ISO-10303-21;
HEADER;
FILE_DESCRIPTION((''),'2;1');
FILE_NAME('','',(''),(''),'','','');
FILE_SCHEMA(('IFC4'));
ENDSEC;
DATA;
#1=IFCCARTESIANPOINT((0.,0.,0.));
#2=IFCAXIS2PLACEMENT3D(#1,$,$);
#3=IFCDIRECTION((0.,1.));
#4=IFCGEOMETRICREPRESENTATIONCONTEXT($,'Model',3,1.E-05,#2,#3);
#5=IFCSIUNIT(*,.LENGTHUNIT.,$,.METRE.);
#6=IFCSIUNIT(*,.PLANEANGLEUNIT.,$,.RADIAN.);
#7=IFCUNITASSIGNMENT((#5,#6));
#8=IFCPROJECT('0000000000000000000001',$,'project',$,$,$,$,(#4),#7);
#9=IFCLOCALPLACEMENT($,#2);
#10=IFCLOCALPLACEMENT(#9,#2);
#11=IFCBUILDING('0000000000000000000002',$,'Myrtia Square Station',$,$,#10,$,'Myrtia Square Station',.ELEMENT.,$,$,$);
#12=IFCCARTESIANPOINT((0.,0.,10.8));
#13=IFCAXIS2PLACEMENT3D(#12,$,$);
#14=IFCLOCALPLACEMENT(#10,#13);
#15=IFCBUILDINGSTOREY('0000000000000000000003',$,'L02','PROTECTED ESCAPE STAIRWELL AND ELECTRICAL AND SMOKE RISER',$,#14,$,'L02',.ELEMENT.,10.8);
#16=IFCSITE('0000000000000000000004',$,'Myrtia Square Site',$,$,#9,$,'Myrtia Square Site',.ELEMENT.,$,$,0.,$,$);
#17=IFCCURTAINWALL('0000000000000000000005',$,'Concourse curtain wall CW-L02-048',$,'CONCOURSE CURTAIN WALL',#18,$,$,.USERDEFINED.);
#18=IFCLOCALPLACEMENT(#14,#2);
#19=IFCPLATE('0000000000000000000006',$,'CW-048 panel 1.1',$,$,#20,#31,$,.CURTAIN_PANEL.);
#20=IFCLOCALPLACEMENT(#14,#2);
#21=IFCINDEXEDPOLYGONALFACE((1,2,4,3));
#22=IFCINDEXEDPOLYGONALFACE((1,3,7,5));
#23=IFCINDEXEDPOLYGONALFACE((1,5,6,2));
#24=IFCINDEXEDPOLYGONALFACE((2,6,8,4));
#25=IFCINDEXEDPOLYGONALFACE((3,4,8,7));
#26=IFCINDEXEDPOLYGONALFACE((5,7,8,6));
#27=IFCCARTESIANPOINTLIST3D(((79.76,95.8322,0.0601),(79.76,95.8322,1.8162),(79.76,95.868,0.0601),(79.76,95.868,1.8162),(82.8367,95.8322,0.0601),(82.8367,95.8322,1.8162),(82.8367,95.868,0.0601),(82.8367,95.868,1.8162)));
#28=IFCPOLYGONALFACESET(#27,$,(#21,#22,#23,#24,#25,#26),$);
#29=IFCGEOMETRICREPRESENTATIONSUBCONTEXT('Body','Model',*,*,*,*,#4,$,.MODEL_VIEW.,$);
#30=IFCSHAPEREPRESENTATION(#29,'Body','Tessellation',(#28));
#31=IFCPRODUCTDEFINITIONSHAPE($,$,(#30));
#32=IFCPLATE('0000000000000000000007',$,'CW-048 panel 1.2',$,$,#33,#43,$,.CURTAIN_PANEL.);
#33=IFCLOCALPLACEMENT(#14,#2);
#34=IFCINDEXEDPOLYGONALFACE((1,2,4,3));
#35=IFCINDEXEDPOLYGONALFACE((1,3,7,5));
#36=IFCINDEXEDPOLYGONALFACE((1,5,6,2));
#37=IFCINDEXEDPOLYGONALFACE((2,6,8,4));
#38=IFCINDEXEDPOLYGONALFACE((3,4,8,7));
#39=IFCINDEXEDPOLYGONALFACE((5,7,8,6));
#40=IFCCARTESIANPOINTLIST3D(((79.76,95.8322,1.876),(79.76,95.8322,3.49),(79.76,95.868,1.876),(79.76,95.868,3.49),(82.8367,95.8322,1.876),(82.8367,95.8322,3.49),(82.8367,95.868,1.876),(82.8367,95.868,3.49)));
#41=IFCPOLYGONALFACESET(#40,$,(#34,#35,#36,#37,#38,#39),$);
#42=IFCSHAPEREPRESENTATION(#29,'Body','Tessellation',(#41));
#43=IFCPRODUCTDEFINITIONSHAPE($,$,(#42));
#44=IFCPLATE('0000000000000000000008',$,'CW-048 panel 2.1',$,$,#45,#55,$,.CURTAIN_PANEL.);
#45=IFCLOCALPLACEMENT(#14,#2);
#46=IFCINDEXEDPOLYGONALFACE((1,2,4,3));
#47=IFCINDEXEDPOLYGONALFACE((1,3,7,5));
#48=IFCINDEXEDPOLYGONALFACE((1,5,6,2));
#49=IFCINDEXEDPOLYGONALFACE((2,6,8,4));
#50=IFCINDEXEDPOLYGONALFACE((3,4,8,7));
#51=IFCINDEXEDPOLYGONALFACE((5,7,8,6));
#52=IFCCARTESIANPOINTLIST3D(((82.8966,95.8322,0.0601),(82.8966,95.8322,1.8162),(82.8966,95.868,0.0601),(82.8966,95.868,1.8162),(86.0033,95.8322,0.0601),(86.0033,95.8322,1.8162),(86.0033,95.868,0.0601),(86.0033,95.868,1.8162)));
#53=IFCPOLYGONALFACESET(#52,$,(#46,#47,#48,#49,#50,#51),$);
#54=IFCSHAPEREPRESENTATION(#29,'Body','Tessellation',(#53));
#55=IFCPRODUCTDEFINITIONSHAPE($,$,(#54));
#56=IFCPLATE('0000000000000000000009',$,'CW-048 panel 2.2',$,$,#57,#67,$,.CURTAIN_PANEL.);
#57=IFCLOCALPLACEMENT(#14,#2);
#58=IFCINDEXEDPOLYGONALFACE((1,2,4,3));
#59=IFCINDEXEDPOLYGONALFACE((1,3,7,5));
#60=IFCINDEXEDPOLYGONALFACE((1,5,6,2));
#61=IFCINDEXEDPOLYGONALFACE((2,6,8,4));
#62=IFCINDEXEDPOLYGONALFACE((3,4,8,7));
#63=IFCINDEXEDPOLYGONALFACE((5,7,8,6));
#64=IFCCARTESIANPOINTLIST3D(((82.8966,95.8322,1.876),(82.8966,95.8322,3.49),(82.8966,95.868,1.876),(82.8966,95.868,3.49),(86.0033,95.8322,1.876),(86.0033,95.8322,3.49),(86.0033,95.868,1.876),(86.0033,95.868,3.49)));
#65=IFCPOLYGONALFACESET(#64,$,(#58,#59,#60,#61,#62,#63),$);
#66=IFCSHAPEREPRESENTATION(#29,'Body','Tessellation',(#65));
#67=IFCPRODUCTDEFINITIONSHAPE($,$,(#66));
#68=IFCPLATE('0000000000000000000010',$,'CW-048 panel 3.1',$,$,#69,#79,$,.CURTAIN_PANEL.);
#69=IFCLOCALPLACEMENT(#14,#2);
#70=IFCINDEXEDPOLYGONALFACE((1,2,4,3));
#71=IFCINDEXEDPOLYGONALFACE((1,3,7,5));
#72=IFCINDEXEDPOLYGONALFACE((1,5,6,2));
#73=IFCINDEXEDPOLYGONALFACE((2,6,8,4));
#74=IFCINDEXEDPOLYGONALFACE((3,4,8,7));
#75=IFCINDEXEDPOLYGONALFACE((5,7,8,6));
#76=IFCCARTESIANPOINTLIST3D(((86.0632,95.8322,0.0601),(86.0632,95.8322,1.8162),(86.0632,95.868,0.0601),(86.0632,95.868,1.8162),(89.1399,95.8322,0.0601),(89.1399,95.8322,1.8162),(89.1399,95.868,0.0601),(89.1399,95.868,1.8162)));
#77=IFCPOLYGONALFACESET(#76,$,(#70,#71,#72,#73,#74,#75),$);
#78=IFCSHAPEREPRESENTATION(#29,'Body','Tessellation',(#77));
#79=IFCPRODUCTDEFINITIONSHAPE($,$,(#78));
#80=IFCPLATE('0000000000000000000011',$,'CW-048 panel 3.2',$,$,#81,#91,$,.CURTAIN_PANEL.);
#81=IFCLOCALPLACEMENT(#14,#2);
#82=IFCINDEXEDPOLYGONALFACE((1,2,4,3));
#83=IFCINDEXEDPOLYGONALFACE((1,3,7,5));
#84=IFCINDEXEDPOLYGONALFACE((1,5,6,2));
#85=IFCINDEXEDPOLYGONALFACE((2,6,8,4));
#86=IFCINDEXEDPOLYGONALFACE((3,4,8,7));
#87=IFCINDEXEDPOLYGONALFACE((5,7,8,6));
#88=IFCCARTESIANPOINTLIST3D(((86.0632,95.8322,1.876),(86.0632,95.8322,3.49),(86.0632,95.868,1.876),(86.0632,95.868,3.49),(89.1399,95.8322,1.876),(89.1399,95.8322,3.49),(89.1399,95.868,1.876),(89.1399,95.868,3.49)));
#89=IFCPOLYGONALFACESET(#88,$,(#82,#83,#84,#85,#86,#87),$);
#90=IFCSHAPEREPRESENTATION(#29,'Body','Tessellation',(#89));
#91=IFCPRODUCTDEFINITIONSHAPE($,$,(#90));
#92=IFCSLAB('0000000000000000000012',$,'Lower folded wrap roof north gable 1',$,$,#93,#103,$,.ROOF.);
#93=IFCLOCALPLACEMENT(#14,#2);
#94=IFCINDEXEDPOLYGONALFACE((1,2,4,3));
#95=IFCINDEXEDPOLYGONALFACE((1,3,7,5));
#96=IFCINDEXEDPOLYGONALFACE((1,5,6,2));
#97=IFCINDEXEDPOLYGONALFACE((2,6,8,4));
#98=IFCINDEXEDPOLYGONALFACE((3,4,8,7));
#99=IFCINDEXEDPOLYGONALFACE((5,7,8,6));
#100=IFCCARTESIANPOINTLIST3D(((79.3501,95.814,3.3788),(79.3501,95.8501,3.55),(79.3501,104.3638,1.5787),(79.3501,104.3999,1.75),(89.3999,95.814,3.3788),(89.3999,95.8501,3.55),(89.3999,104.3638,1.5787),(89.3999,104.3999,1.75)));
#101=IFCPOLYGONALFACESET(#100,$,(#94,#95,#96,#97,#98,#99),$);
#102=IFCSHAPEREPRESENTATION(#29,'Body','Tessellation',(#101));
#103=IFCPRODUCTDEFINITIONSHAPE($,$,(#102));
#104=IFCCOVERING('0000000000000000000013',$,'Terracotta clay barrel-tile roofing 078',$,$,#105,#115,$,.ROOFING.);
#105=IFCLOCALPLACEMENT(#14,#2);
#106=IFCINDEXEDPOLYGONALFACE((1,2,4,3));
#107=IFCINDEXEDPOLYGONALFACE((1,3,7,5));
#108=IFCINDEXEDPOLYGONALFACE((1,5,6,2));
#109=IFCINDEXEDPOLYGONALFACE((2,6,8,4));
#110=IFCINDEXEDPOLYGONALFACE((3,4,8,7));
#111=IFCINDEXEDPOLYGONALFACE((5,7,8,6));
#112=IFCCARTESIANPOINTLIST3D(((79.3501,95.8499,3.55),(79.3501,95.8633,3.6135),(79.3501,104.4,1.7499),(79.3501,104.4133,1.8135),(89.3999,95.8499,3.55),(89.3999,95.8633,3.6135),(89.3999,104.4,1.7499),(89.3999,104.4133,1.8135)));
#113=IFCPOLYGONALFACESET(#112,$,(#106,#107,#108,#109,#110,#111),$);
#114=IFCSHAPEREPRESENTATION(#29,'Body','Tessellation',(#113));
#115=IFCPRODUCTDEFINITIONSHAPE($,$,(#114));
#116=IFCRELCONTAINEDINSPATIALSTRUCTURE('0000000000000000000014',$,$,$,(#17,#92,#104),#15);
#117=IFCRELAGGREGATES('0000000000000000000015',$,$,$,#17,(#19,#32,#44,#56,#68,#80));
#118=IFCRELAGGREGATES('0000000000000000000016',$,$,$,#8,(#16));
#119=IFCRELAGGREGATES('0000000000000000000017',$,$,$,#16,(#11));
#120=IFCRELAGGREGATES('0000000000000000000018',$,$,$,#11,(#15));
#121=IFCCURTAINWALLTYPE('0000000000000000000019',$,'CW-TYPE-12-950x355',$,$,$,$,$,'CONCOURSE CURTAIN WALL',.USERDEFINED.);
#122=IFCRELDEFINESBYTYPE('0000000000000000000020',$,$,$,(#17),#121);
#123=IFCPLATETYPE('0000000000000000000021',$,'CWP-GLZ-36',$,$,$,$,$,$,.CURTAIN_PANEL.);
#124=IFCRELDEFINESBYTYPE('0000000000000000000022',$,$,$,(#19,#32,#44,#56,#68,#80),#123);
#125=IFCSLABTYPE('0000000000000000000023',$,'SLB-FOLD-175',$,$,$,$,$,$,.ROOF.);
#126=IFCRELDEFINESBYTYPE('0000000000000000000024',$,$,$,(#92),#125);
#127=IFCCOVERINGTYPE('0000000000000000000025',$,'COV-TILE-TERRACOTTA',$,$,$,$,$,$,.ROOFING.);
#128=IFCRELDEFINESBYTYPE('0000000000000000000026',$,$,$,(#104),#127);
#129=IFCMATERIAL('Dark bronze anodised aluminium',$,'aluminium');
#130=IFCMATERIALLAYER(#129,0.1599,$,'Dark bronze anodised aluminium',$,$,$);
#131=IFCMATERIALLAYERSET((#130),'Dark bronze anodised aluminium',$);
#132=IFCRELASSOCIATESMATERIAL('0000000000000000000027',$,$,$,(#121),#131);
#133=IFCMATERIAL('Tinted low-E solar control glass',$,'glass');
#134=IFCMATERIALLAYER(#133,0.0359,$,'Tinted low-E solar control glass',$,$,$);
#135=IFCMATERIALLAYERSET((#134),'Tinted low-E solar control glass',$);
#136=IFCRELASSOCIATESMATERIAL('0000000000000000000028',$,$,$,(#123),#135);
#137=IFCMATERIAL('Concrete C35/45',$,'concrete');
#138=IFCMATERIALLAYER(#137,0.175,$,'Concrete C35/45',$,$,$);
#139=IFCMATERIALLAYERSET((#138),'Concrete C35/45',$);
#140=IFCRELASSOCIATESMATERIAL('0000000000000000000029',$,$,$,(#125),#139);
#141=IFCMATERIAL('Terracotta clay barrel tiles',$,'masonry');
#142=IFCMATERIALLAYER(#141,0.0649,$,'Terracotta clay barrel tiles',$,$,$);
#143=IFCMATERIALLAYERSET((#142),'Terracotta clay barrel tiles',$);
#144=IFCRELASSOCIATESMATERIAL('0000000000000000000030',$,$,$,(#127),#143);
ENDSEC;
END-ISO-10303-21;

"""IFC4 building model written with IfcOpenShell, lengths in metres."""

from ifc_helpers import new_model, si_unit, direction, frame, origin, origin_2d, place, context, subcontext, project, spatial, polyline, rectangle, outline, extrude, material, layer, layer_set, type_object, element, aggregate, save


model = new_model("IFC4")

# Units and contexts
model_context = context("Model", 3, precision=1e-05, world=origin(), true_north=direction((0.0, 1.0)))
body_context = subcontext(model_context, "Body", "Model", "MODEL_VIEW")
ifc_project = project(units=[si_unit("LENGTHUNIT", "METRE"), si_unit("PLANEANGLEUNIT", "RADIAN")], contexts=[model_context])

# Site, building, storey
site_placement = place(None, origin())
site = spatial("IfcSite", under=ifc_project, at=site_placement, Name="Myrtia Square Site", LongName="Myrtia Square Site", CompositionType="ELEMENT", RefElevation=0.0)
building_placement = place(site_placement, origin())
building = spatial("IfcBuilding", under=site, at=building_placement, Name="Myrtia Square Station", LongName="Myrtia Square Station", CompositionType="ELEMENT")
storey_placement = place(building_placement, frame((0.0, 0.0, 10.8)))
storey = spatial("IfcBuildingStorey", under=building, at=storey_placement, Name="L02", Description="PROTECTED ESCAPE STAIRWELL AND ELECTRICAL AND SMOKE RISER", LongName="L02", CompositionType="ELEMENT", Elevation=10.8)

# Curtain wall
ifc_material_1 = material(Name="Dark bronze anodised aluminium", Category="aluminium")
ifc_layer_1 = layer(ifc_material_1, 0.1599, Name="Dark bronze anodised aluminium")
ifc_layer_set_1 = layer_set([ifc_layer_1], Name="Dark bronze anodised aluminium")
curtain_wall_type_1 = type_object("IfcCurtainWallType", Name="CW-TYPE-12-950x355", ElementType="CONCOURSE CURTAIN WALL", PredefinedType="USERDEFINED", material=ifc_layer_set_1)
curtain_wall_1_placement = place(storey_placement, origin())
curtain_wall_1 = element("IfcCurtainWall", 1, at=curtain_wall_1_placement, inside=storey, type_object=curtain_wall_type_1, Name="Concourse curtain wall CW-L02-048", ObjectType="CONCOURSE CURTAIN WALL", PredefinedType="USERDEFINED")

# Plates
ifc_material_2 = material(Name="Tinted low-E solar control glass", Category="glass")
ifc_layer_2 = layer(ifc_material_2, 0.0359, Name="Tinted low-E solar control glass")
ifc_layer_set_2 = layer_set([ifc_layer_2], Name="Tinted low-E solar control glass")
plate_type_1 = type_object("IfcPlateType", Name="CWP-GLZ-36", PredefinedType="CURTAIN_PANEL", material=ifc_layer_set_2)
plate_1_placement = place(storey_placement, frame((81.2983, 95.8501, 0.0601), z_axis=(0.0, 0.0, 1.0), x_axis=(1.0, 0.0, 0.0)))
plate_1 = element("IfcPlate", 2, at=plate_1_placement, type_object=plate_type_1, Name="CW-048 panel 1.1", PredefinedType="CURTAIN_PANEL", context=body_context, shape_type="SweptSolid", body=[
    extrude(rectangle(XDim=3.0767, YDim=0.0359, at=origin_2d()), origin(), (0.0, 0.0, 1.0), 1.7561),
])
plate_2_placement = place(storey_placement, frame((81.2983, 95.8501, 1.876), z_axis=(0.0, 0.0, 1.0), x_axis=(1.0, 0.0, 0.0)))
plate_2 = element("IfcPlate", 3, at=plate_2_placement, type_object=plate_type_1, Name="CW-048 panel 1.2", PredefinedType="CURTAIN_PANEL", context=body_context, shape_type="SweptSolid", body=[
    extrude(rectangle(XDim=3.0767, YDim=0.0359, at=origin_2d()), origin(), (0.0, 0.0, 1.0), 1.614),
])
plate_3_placement = place(storey_placement, frame((84.45, 95.8501, 0.0601), z_axis=(0.0, 0.0, 1.0), x_axis=(1.0, 0.0, 0.0)))
plate_3 = element("IfcPlate", 4, at=plate_3_placement, type_object=plate_type_1, Name="CW-048 panel 2.1", PredefinedType="CURTAIN_PANEL", context=body_context, shape_type="SweptSolid", body=[
    extrude(rectangle(XDim=3.1067, YDim=0.0359, at=origin_2d()), origin(), (0.0, 0.0, 1.0), 1.7561),
])
plate_4_placement = place(storey_placement, frame((84.45, 95.8501, 1.876), z_axis=(0.0, 0.0, 1.0), x_axis=(1.0, 0.0, 0.0)))
plate_4 = element("IfcPlate", 5, at=plate_4_placement, type_object=plate_type_1, Name="CW-048 panel 2.2", PredefinedType="CURTAIN_PANEL", context=body_context, shape_type="SweptSolid", body=[
    extrude(rectangle(XDim=3.1067, YDim=0.0359, at=origin_2d()), origin(), (0.0, 0.0, 1.0), 1.614),
])
plate_5_placement = place(storey_placement, frame((87.6016, 95.8501, 0.0601), z_axis=(0.0, 0.0, 1.0), x_axis=(1.0, 0.0, 0.0)))
plate_5 = element("IfcPlate", 6, at=plate_5_placement, type_object=plate_type_1, Name="CW-048 panel 3.1", PredefinedType="CURTAIN_PANEL", context=body_context, shape_type="SweptSolid", body=[
    extrude(rectangle(XDim=3.0767, YDim=0.0359, at=origin_2d()), origin(), (0.0, 0.0, 1.0), 1.7561),
])
plate_6_placement = place(storey_placement, frame((87.6016, 95.8501, 1.876), z_axis=(0.0, 0.0, 1.0), x_axis=(1.0, 0.0, 0.0)))
plate_6 = element("IfcPlate", 7, at=plate_6_placement, type_object=plate_type_1, Name="CW-048 panel 3.2", PredefinedType="CURTAIN_PANEL", context=body_context, shape_type="SweptSolid", body=[
    extrude(rectangle(XDim=3.0767, YDim=0.0359, at=origin_2d()), origin(), (0.0, 0.0, 1.0), 1.614),
])
aggregate(curtain_wall_1, [plate_1, plate_2, plate_3, plate_4, plate_5, plate_6])

# Slab
ifc_material_3 = material(Name="Concrete C35/45", Category="concrete")
ifc_layer_3 = layer(ifc_material_3, 0.175, Name="Concrete C35/45")
ifc_layer_set_3 = layer_set([ifc_layer_3], Name="Concrete C35/45")
slab_type = type_object("IfcSlabType", Name="SLB-FOLD-175", PredefinedType="ROOF", material=ifc_layer_set_3)
slab_placement = place(storey_placement, frame((89.3999, 104.3999, 1.75), z_axis=(0.0, 0.20602, 0.978548), x_axis=(-1.0, 0.0, 0.0)))
element("IfcSlab", 8, at=slab_placement, inside=storey, type_object=slab_type, Name="Lower folded wrap roof north gable 1", PredefinedType="ROOF", context=body_context, shape_type="SweptSolid", body=[
    extrude(outline(polyline([(0.0, 0.0), (10.0498, 0.0), (10.0498, 8.7372), (0.0, 8.7372), (0.0, 0.0)])), origin(), (0.0, 0.0, -1.0), 0.175),
])

# Covering
ifc_material_4 = material(Name="Terracotta clay barrel tiles", Category="masonry")
ifc_layer_4 = layer(ifc_material_4, 0.0649, Name="Terracotta clay barrel tiles")
ifc_layer_set_4 = layer_set([ifc_layer_4], Name="Terracotta clay barrel tiles")
covering_type = type_object("IfcCoveringType", Name="COV-TILE-TERRACOTTA", PredefinedType="ROOFING", material=ifc_layer_set_4)
covering_placement = place(storey_placement, frame((89.3999, 104.4133, 1.8135), z_axis=(0.0, 0.206015, 0.978549), x_axis=(-1.0, 0.0, 0.0)))
element("IfcCovering", 9, at=covering_placement, inside=storey, type_object=covering_type, Name="Terracotta clay barrel-tile roofing 078", PredefinedType="ROOFING", context=body_context, shape_type="SweptSolid", body=[
    extrude(outline(polyline([(0.0, 0.0), (10.0498, 0.0), (10.0498, 8.7375), (0.0, 8.7375), (0.0, 0.0)])), origin(), (0.0, 0.0, -1.0), 0.0649),
])

save(model, "model.ifc")
